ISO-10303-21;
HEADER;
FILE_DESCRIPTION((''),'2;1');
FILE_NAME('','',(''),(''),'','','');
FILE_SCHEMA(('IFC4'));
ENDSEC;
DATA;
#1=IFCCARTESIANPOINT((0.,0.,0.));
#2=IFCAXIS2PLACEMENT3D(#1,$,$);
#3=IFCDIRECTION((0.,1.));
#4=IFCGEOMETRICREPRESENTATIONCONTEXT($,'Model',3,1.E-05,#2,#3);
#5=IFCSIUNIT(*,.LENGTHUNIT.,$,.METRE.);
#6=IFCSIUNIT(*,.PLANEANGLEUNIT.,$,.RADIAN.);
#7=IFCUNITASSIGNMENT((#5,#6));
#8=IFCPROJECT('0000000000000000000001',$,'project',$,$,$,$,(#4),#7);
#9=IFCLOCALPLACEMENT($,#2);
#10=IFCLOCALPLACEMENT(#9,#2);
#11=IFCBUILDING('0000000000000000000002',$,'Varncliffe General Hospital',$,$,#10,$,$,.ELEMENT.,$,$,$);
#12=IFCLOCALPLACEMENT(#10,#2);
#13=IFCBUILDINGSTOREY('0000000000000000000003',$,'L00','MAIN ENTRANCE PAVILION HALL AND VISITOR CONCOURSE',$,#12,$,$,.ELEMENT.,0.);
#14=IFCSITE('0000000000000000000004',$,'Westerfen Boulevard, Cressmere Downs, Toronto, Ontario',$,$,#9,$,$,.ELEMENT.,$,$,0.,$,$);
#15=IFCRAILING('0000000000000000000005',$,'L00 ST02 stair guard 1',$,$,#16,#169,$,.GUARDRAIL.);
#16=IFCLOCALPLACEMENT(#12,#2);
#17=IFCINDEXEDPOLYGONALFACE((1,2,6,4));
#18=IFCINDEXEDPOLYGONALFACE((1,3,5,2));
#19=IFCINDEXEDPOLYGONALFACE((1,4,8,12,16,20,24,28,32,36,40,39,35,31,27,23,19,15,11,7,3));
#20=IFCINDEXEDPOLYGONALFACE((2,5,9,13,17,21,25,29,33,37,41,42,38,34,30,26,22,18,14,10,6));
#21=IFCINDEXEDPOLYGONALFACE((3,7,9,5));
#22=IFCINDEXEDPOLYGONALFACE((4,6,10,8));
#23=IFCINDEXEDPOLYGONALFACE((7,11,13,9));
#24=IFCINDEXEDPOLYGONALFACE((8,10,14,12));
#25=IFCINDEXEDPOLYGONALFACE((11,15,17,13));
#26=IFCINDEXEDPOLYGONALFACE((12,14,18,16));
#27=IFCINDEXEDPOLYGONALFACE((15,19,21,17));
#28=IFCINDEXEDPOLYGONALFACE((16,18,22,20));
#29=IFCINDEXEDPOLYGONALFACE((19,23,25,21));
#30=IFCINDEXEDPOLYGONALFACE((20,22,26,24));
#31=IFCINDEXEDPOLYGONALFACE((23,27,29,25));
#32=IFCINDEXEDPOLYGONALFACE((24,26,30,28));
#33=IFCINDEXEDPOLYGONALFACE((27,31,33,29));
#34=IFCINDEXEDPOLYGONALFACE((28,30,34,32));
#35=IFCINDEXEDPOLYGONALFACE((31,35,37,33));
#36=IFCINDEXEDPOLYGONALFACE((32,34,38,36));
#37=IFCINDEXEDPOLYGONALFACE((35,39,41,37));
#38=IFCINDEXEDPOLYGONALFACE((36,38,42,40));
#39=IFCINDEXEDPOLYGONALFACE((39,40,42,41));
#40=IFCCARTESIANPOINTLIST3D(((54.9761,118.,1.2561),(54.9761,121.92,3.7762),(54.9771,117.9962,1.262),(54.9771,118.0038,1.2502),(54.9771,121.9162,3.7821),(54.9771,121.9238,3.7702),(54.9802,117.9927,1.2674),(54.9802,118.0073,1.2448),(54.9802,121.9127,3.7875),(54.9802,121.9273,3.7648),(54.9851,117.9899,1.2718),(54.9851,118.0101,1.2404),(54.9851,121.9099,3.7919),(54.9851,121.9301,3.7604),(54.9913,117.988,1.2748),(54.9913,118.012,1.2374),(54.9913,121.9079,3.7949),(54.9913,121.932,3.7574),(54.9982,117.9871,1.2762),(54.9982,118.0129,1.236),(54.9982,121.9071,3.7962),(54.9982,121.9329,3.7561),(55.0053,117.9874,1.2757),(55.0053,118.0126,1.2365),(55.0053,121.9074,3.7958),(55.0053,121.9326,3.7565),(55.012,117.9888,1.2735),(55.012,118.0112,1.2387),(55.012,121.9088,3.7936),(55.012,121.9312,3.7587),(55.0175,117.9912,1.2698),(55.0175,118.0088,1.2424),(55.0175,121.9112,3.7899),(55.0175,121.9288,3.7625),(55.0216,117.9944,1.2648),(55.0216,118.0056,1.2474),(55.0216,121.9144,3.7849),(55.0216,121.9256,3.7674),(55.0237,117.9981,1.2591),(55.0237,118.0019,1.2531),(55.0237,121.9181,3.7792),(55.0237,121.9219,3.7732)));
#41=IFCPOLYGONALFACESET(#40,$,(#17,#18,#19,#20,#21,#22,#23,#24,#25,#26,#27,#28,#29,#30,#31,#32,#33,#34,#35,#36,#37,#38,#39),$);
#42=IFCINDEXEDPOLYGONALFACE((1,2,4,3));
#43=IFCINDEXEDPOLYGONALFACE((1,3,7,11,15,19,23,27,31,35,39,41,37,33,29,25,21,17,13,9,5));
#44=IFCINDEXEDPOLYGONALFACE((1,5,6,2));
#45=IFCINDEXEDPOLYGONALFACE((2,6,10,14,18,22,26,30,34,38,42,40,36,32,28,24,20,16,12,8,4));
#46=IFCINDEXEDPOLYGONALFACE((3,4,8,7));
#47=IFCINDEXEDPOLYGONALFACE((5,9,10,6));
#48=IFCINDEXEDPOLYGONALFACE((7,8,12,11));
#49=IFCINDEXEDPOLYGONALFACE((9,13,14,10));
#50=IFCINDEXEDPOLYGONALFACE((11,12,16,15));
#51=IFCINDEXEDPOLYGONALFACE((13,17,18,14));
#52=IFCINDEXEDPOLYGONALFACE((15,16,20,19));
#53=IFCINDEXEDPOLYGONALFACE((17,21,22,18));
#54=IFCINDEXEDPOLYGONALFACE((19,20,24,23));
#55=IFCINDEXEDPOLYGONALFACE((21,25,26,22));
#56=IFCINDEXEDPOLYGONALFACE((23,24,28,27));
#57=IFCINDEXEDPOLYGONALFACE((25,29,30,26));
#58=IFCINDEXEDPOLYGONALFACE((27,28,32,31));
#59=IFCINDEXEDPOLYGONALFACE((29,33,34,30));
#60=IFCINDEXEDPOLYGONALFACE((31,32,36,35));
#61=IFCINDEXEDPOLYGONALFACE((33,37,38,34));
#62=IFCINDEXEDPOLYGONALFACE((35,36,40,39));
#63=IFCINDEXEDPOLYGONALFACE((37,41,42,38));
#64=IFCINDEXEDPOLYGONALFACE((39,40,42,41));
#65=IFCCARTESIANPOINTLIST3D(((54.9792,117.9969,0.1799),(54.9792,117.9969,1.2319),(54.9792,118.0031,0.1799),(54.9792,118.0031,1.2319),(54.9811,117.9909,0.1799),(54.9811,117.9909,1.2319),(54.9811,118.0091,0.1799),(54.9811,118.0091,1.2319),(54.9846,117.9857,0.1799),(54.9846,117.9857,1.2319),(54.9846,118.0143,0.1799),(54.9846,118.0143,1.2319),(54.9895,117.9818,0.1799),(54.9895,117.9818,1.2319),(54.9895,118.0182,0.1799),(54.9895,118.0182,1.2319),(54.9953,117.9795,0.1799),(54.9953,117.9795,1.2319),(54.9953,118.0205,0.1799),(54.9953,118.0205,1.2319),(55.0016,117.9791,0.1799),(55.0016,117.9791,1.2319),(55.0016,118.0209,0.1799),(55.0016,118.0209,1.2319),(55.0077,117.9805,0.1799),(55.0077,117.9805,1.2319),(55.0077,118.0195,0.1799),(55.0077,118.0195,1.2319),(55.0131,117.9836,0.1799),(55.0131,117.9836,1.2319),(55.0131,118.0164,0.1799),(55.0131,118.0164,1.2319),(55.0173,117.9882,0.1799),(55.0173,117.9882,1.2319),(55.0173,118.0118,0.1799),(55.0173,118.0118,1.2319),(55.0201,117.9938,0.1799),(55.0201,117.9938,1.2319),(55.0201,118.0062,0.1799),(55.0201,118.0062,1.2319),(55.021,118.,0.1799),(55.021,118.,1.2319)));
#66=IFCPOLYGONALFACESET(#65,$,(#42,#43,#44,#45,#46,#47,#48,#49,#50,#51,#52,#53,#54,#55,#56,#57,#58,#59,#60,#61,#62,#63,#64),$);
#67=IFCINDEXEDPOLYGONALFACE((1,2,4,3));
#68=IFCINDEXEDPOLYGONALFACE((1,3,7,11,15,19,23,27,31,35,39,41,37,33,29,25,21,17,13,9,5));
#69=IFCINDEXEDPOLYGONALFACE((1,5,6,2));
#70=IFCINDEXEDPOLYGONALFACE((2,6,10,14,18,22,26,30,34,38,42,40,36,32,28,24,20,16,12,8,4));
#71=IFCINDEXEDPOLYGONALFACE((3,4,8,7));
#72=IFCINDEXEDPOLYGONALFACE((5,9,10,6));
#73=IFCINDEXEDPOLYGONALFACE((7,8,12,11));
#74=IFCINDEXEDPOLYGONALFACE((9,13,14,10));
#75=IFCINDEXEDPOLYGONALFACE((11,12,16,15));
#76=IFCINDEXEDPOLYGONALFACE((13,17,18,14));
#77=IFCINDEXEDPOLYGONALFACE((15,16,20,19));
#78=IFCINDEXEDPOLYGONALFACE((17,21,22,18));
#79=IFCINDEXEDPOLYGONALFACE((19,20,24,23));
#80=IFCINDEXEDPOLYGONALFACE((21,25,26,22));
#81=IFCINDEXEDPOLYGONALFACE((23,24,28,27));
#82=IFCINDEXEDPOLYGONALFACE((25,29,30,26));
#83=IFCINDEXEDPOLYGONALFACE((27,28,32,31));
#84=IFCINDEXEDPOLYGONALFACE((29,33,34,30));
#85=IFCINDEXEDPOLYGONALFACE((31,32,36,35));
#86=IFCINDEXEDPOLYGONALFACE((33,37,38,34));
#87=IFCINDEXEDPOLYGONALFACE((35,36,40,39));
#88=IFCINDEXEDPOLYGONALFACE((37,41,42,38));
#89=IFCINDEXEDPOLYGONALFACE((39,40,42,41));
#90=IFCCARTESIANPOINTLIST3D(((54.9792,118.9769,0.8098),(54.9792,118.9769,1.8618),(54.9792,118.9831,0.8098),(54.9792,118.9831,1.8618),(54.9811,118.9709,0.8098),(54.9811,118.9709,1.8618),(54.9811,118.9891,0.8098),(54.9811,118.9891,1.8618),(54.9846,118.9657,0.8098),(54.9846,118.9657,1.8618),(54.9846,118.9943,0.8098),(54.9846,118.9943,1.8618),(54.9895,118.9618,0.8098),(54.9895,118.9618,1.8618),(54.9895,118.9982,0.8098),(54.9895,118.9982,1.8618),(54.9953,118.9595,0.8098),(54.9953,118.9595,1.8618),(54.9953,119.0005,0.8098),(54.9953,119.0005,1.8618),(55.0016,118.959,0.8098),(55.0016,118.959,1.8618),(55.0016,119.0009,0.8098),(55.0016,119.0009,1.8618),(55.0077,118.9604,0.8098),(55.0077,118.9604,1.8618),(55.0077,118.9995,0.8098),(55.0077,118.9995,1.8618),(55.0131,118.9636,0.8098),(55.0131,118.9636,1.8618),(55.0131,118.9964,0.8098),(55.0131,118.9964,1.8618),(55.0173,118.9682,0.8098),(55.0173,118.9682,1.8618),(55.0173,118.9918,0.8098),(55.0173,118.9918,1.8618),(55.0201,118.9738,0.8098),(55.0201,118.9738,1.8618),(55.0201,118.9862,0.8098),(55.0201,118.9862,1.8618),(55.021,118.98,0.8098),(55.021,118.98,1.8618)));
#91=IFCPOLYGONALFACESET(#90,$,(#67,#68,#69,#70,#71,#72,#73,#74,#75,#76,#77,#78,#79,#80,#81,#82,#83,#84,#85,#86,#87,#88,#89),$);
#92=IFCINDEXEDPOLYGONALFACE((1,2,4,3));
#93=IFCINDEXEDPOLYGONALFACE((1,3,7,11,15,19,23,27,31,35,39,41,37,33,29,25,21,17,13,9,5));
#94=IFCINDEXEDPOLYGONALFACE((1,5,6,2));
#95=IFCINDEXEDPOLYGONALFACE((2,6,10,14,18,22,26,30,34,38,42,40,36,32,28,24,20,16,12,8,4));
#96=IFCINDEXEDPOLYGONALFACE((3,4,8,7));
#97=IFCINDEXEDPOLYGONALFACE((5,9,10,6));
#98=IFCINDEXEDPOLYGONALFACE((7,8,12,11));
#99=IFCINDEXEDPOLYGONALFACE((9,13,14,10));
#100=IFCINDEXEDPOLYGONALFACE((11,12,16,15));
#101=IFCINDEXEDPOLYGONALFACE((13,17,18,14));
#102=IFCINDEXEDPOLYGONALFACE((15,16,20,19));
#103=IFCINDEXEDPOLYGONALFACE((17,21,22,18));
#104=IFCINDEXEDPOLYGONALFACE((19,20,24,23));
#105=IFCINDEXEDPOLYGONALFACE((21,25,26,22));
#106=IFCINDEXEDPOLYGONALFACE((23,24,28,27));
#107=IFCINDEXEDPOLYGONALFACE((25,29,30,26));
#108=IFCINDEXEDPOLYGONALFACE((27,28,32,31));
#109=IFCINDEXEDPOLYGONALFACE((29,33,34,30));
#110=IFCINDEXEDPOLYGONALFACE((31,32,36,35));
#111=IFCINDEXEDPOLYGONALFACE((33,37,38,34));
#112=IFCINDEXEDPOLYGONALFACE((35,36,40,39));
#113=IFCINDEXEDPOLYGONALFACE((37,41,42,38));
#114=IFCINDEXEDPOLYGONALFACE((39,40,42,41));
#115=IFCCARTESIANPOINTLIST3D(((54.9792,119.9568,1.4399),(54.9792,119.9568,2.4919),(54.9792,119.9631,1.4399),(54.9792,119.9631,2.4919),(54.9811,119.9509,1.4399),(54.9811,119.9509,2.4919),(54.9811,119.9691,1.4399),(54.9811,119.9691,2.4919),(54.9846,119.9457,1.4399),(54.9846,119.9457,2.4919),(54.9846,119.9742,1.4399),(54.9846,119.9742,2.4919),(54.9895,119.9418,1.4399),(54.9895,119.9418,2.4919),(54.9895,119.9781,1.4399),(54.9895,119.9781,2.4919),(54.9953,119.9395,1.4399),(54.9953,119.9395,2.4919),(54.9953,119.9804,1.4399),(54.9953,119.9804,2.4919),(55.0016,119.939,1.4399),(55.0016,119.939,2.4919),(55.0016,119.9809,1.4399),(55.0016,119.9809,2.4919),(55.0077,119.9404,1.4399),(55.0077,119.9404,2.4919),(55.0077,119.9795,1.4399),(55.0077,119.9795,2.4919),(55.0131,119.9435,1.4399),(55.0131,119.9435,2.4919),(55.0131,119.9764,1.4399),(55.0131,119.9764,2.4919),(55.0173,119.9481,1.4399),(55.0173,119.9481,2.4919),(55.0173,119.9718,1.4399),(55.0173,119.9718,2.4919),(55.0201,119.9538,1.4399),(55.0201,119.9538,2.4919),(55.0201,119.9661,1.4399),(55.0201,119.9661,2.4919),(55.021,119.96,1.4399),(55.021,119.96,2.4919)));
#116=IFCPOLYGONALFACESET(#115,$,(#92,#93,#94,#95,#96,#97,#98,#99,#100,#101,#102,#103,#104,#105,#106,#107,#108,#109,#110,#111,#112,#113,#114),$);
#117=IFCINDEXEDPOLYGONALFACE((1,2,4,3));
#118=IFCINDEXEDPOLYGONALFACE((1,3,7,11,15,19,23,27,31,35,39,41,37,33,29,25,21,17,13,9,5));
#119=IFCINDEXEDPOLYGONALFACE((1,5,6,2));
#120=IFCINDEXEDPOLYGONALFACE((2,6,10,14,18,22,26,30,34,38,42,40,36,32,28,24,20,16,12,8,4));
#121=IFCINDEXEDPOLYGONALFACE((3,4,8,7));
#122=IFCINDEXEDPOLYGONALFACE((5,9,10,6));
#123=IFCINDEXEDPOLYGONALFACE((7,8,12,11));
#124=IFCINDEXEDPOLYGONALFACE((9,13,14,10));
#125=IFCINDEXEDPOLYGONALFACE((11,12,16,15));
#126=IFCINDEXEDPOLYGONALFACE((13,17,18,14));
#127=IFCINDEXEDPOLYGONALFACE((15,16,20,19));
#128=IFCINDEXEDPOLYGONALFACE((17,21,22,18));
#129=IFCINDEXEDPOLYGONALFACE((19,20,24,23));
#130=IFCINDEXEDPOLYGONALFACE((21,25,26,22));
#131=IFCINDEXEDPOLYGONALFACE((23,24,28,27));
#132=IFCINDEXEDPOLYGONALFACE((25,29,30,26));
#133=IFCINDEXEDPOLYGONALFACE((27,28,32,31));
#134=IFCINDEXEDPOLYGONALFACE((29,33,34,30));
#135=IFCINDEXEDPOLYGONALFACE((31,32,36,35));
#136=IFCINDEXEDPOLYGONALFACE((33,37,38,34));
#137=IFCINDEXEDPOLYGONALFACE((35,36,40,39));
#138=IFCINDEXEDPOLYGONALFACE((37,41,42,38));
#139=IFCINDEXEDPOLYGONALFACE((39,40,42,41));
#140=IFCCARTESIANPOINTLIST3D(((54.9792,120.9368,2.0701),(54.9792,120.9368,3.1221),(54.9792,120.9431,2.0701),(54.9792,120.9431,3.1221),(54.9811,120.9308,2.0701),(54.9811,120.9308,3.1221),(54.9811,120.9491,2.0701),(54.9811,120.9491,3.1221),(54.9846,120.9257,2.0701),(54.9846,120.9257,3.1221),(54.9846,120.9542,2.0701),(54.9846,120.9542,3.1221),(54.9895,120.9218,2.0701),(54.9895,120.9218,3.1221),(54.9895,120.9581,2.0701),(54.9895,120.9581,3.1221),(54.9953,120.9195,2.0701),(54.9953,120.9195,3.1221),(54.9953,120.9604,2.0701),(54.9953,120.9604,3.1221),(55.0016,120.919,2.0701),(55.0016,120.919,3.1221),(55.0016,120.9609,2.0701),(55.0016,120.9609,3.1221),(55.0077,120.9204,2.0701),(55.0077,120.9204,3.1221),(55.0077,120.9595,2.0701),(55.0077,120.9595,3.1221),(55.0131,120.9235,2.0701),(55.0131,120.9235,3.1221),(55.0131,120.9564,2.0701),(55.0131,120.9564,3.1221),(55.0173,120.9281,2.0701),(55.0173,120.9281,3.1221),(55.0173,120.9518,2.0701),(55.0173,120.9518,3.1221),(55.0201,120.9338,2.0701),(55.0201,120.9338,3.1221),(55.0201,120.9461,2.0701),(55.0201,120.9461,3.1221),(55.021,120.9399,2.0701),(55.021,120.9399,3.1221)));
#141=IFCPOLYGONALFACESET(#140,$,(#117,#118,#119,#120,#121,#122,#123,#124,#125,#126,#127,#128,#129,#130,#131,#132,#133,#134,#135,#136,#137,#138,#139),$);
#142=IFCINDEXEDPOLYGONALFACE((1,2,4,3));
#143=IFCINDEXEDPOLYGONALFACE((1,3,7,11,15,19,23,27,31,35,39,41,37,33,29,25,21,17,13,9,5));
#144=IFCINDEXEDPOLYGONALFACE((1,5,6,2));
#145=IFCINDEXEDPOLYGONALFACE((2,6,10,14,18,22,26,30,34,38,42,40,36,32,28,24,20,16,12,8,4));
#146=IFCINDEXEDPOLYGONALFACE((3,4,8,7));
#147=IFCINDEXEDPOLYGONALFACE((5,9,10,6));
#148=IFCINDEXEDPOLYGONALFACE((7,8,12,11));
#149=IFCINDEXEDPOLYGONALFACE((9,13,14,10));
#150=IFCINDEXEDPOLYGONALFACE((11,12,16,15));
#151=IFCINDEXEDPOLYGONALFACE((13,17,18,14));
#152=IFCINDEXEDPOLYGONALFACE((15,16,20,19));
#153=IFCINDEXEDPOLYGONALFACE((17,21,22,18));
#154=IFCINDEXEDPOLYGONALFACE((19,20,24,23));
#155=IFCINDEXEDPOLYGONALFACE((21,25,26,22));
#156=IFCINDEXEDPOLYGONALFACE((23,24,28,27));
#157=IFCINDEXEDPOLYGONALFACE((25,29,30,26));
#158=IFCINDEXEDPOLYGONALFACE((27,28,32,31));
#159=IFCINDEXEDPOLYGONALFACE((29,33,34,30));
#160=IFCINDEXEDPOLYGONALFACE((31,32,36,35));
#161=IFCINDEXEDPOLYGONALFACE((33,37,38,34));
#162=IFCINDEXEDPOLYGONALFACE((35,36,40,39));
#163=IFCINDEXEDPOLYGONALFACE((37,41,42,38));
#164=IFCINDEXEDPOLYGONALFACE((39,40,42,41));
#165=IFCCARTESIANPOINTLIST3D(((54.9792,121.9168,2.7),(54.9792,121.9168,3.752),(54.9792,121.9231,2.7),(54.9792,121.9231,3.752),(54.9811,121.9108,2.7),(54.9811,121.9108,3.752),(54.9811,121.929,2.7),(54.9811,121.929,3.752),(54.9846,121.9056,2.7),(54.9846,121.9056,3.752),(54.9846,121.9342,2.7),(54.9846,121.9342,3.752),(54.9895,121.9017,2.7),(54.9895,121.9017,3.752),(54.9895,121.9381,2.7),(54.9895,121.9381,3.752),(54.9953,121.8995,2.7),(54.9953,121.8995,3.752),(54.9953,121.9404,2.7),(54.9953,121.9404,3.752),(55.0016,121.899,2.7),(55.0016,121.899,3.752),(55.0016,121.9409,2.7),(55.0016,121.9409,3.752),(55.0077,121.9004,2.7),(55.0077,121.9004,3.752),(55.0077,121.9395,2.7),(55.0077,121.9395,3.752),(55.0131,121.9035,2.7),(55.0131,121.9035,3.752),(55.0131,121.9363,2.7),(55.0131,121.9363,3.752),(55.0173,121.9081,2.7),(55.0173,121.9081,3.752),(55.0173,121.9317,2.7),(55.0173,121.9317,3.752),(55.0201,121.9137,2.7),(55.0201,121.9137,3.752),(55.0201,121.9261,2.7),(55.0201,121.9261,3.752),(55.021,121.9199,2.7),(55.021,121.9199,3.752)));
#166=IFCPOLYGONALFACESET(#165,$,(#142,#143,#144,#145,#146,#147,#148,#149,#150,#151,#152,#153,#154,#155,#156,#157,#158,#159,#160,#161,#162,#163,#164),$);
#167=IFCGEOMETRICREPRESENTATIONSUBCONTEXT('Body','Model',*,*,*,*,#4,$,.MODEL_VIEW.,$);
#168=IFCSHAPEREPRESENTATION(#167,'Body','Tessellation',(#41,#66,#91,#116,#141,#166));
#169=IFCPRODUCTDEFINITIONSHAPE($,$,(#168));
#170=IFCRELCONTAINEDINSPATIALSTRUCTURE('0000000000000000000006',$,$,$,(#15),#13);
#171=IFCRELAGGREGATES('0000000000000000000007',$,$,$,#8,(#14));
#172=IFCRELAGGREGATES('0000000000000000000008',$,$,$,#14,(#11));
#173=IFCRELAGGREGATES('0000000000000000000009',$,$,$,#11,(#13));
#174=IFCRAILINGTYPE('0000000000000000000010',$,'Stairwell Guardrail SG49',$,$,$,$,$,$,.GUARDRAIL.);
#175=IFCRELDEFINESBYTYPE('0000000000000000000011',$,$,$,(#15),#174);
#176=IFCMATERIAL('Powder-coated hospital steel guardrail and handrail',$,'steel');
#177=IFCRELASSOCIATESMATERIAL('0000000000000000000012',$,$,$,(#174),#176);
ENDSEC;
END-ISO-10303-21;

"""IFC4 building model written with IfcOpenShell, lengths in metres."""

from ifc_helpers import new_model, si_unit, direction, frame, origin, origin_2d, place, context, subcontext, project, spatial, circle, extrude, material, type_object, element, save


model = new_model("IFC4")

# Units and contexts
model_context = context("Model", 3, precision=1e-05, world=origin(), true_north=direction((0.0, 1.0)))
body_context = subcontext(model_context, "Body", "Model", "MODEL_VIEW")
ifc_project = project(units=[si_unit("LENGTHUNIT", "METRE"), si_unit("PLANEANGLEUNIT", "RADIAN")], contexts=[model_context])

# Site, building, storey
site_placement = place(None, origin())
site = spatial("IfcSite", under=ifc_project, at=site_placement, Name="Westerfen Boulevard, Cressmere Downs, Toronto, Ontario", CompositionType="ELEMENT", RefElevation=0.0)
building_placement = place(site_placement, origin())
building = spatial("IfcBuilding", under=site, at=building_placement, Name="Varncliffe General Hospital", CompositionType="ELEMENT")
storey_placement = place(building_placement, origin())
storey = spatial("IfcBuildingStorey", under=building, at=storey_placement, Name="L00", Description="MAIN ENTRANCE PAVILION HALL AND VISITOR CONCOURSE", CompositionType="ELEMENT", Elevation=0.0)

# Railing
ifc_material_1 = material(Name="Powder-coated hospital steel guardrail and handrail", Category="steel")
railing_type_1 = type_object("IfcRailingType", Name="Stairwell Guardrail SG49", PredefinedType="GUARDRAIL", material=ifc_material_1)
railing_1_placement = place(storey_placement, frame((55.0, 118.0, 0.1799)))
element("IfcRailing", 1, at=railing_1_placement, inside=storey, type_object=railing_type_1, Name="L00 ST02 stair guard 1", PredefinedType="GUARDRAIL", context=body_context, shape_type="SweptSolid", body=[
    extrude(circle(Radius=0.0239, at=origin_2d()), frame((0.0, 0.0, 1.0762), z_axis=(0.0, 0.841172, 0.540768), x_axis=(-1.0, 0.0, 0.0)), (0.0, 0.0, 1.0), 4.6602),
    extrude(circle(Radius=0.021, at=origin_2d()), origin(), (0.0, 0.0, 1.0), 1.052),
    extrude(circle(Radius=0.021, at=origin_2d()), frame((0.0, 0.98, 0.6299)), (0.0, 0.0, 1.0), 1.052),
    extrude(circle(Radius=0.021, at=origin_2d()), frame((0.0, 1.96, 1.26)), (0.0, 0.0, 1.0), 1.052),
    extrude(circle(Radius=0.021, at=origin_2d()), frame((0.0, 2.9399, 1.8901)), (0.0, 0.0, 1.0), 1.052),
    extrude(circle(Radius=0.021, at=origin_2d()), frame((0.0, 3.9199, 2.52)), (0.0, 0.0, 1.0), 1.052),
])

save(model, "model.ifc")
